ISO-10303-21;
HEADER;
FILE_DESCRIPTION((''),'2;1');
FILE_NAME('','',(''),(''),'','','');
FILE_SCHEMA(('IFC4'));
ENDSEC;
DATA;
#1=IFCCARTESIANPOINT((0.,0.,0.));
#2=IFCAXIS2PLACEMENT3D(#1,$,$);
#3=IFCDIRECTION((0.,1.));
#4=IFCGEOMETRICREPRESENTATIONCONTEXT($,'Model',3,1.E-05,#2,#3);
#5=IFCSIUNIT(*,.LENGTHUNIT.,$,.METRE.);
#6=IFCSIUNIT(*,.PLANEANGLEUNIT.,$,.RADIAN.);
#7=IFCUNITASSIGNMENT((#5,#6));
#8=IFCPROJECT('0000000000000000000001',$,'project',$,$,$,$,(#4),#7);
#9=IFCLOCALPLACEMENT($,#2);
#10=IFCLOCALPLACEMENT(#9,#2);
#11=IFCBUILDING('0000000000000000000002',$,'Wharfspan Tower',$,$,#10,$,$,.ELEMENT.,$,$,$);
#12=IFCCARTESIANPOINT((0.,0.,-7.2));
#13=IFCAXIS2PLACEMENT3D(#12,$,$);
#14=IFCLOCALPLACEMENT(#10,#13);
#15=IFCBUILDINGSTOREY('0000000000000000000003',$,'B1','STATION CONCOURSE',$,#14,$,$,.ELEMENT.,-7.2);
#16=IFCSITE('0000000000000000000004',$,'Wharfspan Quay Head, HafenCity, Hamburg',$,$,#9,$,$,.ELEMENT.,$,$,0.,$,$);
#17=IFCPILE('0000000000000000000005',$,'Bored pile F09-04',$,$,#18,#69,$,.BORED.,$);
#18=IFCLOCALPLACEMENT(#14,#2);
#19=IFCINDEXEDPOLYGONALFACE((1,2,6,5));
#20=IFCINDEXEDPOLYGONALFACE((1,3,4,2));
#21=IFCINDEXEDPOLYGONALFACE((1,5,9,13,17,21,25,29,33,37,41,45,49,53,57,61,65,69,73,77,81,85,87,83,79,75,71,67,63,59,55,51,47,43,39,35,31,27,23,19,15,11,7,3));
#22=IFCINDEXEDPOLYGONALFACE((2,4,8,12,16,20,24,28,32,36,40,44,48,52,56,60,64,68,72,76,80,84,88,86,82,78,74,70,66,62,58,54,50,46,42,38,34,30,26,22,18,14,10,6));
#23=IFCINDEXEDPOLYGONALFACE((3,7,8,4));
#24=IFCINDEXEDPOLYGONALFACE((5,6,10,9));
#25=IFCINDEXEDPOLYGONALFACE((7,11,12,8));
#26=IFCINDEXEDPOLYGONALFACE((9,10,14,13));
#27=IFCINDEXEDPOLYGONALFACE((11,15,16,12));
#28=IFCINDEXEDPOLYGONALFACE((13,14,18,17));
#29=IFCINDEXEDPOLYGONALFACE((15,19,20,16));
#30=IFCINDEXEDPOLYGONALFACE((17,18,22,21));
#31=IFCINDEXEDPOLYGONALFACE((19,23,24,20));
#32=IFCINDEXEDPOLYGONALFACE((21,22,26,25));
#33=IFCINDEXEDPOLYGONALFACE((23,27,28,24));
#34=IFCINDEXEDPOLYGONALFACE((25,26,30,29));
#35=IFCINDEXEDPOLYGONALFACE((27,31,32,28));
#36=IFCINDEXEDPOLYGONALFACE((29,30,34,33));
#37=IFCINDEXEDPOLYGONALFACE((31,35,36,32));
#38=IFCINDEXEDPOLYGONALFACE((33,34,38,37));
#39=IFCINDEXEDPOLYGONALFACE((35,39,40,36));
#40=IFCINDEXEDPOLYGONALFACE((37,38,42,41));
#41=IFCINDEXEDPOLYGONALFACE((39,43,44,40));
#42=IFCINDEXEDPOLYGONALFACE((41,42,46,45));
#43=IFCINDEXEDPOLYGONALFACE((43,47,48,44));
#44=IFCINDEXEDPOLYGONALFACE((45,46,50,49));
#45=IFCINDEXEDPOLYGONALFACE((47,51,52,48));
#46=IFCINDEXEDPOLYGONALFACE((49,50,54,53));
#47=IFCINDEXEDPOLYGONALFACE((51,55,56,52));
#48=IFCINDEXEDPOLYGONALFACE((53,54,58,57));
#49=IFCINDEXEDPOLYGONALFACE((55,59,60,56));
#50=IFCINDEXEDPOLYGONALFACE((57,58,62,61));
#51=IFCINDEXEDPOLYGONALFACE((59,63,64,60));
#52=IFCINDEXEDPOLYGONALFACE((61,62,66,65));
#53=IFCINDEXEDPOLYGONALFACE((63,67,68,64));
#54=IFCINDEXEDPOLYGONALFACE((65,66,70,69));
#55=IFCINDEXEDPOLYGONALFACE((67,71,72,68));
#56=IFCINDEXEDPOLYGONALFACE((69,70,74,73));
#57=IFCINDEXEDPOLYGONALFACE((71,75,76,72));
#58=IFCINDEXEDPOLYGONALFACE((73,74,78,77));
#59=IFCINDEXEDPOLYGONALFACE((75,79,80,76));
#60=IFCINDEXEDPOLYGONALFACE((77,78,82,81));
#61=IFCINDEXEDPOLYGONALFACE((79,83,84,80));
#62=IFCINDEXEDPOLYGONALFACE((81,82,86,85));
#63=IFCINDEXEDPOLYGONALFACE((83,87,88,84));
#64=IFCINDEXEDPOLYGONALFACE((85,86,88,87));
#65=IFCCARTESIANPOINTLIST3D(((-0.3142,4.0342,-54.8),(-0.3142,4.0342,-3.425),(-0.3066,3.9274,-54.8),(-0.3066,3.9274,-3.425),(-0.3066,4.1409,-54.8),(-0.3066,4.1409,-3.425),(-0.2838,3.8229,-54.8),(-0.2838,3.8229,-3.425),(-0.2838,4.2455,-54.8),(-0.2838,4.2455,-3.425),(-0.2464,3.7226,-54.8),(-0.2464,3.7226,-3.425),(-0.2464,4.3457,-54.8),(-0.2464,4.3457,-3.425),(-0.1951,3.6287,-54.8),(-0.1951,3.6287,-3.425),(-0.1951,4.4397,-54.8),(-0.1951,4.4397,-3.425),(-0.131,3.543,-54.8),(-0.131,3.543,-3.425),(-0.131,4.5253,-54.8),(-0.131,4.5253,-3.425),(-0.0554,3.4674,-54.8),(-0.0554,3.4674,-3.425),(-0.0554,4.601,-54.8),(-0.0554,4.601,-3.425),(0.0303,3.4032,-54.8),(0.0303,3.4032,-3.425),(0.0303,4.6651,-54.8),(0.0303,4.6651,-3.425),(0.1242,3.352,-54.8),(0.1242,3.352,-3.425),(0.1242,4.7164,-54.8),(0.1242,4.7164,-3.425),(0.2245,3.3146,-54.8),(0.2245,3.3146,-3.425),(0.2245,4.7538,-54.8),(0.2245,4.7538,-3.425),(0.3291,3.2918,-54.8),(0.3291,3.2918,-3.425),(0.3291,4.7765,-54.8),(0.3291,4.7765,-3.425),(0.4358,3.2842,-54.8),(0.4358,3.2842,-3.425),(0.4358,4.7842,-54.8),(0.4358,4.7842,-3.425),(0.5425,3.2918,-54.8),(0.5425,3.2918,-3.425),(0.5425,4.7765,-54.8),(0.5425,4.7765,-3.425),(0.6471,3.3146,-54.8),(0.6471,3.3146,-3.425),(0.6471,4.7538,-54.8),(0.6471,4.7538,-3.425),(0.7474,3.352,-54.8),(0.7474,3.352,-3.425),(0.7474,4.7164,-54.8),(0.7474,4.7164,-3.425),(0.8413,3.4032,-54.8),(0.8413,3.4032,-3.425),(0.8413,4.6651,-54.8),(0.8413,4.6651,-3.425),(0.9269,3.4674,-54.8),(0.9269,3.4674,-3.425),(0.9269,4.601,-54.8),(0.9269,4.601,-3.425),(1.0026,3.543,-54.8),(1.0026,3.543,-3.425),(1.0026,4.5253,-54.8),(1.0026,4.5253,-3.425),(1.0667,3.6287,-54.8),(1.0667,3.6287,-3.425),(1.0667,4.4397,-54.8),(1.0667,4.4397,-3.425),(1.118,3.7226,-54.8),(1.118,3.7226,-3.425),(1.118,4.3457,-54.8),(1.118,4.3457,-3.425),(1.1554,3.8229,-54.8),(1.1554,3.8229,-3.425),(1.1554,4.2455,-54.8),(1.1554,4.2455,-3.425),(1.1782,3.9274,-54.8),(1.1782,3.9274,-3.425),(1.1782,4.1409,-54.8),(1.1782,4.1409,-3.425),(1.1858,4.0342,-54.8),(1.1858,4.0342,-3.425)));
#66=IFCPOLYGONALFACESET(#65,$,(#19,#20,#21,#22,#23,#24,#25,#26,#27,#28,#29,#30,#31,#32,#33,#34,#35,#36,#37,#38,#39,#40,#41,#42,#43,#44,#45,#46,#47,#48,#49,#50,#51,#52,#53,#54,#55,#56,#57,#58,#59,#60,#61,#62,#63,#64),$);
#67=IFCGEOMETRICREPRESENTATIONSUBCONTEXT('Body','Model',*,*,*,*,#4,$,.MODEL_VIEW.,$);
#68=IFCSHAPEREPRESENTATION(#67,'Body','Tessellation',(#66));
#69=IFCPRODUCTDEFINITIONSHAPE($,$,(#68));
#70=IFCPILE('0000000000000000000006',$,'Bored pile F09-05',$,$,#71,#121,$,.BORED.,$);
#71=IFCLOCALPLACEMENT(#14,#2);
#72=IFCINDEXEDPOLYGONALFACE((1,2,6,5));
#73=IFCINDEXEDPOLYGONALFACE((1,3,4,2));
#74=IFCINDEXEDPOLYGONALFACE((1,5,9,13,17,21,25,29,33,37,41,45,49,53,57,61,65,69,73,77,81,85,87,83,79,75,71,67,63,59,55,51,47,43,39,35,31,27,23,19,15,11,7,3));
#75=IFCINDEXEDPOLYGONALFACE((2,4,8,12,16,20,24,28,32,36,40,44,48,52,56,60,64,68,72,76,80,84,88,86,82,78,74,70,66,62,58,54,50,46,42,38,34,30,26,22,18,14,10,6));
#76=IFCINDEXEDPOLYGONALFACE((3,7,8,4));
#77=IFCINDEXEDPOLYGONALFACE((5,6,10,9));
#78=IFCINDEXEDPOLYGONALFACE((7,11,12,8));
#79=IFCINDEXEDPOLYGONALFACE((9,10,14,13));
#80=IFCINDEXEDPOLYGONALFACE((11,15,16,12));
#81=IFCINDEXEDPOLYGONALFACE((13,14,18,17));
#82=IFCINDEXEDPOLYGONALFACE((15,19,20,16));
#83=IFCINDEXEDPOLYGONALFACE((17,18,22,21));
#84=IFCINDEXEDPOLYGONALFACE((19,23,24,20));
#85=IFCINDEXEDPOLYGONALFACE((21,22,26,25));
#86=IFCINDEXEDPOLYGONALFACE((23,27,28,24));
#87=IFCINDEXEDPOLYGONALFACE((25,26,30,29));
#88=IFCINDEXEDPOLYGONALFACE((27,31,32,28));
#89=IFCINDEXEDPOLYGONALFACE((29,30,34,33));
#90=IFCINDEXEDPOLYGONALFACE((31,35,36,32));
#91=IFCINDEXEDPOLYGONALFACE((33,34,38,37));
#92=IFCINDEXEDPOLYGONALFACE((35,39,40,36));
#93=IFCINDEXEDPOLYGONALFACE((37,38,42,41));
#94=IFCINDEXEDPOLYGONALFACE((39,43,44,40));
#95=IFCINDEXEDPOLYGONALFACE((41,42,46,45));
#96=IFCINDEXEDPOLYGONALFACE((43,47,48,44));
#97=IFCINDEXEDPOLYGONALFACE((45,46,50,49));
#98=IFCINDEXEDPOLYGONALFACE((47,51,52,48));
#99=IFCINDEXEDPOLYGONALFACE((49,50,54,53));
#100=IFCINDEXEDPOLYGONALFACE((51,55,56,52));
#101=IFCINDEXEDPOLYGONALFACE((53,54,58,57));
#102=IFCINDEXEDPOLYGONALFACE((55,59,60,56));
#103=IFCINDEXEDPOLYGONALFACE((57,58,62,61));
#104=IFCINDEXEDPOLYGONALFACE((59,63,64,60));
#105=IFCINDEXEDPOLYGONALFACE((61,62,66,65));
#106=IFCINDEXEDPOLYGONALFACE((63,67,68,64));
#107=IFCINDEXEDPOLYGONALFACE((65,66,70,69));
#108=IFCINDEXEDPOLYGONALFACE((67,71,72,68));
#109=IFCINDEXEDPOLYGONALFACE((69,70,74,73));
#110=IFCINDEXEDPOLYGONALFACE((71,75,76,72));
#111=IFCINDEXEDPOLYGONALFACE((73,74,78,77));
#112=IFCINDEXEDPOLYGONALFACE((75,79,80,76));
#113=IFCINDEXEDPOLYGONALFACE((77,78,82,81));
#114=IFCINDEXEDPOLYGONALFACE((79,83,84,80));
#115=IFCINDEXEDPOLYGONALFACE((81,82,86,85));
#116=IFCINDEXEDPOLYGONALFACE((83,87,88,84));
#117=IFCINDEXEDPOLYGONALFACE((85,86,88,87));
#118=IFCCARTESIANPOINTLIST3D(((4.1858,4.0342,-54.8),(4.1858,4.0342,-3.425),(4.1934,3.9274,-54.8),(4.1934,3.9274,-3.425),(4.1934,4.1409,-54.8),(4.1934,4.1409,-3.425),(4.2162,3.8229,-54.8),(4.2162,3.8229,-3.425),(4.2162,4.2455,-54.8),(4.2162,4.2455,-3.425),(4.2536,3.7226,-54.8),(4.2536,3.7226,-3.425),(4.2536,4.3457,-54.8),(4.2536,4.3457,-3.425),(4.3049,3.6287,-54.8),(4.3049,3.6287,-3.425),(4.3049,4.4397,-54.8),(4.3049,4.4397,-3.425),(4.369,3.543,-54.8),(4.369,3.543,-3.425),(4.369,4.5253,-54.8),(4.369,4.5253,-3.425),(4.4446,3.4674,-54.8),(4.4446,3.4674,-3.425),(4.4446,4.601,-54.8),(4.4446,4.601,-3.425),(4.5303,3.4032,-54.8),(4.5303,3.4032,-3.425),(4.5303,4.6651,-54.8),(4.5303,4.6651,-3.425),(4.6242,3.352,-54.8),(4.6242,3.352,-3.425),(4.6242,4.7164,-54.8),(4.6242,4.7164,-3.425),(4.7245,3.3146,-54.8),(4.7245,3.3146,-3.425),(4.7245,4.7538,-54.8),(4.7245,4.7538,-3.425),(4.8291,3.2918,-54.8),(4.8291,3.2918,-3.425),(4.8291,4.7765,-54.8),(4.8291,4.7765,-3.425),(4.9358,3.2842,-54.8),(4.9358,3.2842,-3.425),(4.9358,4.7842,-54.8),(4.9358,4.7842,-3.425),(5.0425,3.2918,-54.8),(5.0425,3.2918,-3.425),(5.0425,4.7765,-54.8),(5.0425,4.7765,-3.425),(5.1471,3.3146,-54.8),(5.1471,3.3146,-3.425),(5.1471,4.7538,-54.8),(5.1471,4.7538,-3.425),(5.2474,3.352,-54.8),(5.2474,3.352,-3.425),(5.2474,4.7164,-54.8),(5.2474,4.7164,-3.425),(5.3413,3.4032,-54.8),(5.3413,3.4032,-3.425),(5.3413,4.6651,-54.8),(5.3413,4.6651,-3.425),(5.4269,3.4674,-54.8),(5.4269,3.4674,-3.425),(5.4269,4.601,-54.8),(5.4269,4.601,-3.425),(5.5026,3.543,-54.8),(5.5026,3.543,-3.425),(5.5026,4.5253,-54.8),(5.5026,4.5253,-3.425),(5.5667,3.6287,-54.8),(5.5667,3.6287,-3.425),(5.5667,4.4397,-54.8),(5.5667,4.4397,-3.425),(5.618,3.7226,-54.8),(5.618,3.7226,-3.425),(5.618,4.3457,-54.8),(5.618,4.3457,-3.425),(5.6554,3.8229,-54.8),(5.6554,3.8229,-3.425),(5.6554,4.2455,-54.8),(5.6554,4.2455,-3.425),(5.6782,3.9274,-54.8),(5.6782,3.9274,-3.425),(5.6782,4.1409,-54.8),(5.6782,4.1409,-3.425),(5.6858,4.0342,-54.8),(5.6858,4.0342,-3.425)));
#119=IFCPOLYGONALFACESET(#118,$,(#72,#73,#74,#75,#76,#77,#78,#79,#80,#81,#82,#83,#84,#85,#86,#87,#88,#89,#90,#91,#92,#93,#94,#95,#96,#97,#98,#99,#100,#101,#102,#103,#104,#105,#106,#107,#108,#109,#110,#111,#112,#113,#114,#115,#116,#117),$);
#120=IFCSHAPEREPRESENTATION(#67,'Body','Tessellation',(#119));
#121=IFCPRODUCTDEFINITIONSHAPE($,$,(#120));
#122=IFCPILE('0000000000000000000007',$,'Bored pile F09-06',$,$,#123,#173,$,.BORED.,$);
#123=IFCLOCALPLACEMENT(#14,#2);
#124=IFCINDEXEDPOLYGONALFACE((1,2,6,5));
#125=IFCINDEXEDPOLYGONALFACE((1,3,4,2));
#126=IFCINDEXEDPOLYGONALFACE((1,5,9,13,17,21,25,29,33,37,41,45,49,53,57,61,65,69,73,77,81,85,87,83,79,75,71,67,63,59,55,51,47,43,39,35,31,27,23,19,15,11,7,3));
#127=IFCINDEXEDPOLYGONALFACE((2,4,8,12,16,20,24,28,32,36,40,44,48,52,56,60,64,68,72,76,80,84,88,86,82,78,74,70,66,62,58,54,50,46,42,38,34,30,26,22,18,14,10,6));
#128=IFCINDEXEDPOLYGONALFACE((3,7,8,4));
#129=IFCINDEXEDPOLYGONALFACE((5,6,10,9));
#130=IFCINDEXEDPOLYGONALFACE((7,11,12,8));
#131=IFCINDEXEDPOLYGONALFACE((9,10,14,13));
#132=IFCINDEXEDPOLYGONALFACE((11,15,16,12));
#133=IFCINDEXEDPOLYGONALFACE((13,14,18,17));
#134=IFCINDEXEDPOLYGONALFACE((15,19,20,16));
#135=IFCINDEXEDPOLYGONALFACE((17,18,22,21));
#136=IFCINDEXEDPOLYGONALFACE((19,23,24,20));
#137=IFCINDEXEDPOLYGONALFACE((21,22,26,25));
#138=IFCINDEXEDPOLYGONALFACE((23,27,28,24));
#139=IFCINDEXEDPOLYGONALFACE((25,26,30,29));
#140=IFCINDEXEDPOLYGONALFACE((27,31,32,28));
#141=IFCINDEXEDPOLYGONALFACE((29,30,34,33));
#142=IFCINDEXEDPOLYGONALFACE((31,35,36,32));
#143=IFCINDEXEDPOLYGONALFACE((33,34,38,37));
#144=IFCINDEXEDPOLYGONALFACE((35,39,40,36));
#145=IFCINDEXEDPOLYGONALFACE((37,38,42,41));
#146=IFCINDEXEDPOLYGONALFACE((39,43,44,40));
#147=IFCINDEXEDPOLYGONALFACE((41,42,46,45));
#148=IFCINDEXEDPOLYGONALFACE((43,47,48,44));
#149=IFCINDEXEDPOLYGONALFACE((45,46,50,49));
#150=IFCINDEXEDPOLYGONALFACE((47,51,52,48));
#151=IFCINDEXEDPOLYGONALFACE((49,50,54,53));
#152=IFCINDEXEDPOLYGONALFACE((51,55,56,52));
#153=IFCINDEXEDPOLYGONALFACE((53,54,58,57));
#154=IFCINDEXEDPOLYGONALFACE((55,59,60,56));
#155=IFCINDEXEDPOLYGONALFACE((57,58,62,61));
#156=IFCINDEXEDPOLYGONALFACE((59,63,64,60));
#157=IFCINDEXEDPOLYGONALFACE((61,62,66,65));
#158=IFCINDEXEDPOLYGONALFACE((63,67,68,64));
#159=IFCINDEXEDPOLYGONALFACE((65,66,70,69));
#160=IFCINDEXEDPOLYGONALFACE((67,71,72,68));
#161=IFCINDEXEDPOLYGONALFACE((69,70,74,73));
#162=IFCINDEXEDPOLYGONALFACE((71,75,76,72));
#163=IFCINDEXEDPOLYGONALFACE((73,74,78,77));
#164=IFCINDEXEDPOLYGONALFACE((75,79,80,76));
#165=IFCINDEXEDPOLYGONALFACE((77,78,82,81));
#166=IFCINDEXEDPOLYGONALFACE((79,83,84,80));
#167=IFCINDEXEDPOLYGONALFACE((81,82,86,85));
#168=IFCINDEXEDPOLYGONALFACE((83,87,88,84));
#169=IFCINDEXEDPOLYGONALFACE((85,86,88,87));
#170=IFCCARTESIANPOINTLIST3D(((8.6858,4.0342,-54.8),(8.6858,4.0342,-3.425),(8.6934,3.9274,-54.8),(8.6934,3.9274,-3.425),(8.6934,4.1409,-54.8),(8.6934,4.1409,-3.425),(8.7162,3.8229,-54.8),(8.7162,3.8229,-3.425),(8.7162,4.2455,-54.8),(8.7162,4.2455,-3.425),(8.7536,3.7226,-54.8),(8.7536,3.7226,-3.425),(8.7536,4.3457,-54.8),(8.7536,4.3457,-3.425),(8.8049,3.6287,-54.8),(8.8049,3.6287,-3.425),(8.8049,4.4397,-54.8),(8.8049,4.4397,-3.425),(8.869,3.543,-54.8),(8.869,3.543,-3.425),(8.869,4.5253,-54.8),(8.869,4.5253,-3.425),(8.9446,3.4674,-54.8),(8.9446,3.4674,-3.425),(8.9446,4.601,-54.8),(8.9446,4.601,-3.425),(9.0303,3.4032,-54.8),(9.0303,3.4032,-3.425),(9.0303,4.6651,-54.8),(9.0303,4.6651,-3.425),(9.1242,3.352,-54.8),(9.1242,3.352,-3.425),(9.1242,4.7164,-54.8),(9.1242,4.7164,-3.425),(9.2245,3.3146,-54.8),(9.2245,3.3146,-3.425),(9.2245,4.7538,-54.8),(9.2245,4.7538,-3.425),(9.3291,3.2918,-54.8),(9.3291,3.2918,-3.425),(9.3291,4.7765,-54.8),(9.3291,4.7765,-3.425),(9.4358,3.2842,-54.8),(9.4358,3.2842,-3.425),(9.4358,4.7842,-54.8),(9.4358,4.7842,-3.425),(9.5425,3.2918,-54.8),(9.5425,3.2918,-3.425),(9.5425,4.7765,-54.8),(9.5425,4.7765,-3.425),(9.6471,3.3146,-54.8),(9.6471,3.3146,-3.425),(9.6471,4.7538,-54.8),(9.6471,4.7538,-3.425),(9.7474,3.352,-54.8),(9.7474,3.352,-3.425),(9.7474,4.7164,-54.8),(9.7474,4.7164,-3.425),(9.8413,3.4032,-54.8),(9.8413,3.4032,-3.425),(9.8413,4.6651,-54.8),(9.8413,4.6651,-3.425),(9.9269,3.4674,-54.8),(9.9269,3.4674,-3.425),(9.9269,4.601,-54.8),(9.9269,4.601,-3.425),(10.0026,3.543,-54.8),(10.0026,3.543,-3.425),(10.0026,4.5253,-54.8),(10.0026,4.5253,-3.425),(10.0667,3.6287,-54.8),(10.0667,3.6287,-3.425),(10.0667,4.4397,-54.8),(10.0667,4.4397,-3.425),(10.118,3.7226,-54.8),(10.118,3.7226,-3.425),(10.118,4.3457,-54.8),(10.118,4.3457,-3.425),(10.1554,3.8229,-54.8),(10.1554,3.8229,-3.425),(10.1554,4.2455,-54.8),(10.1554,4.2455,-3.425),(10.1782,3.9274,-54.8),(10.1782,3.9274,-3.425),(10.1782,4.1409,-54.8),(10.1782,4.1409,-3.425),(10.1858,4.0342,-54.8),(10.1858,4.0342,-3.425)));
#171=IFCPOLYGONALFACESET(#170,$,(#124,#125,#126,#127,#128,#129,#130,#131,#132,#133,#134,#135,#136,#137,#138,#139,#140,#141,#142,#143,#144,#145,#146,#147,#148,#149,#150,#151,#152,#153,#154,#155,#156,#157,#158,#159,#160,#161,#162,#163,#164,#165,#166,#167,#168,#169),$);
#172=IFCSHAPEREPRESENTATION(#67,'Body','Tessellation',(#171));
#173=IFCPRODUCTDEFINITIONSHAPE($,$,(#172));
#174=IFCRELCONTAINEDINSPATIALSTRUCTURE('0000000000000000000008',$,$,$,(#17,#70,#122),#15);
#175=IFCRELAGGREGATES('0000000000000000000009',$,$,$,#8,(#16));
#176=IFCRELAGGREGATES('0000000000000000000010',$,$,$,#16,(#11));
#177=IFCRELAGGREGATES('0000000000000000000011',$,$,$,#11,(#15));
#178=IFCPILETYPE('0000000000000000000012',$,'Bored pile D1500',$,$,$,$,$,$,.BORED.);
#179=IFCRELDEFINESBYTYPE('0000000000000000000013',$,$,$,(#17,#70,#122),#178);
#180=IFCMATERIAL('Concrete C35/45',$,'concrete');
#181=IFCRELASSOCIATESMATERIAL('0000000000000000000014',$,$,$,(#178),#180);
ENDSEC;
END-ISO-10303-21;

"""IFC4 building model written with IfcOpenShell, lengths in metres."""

from ifc_helpers import new_model, si_unit, direction, frame, origin, origin_2d, place, context, subcontext, project, spatial, circle, extrude, material, material_profile, profile_set, type_object, element, save


model = new_model("IFC4")

# Units and contexts
model_context = context("Model", 3, precision=1e-05, world=origin(), true_north=direction((0.0, 1.0)))
body_context = subcontext(model_context, "Body", "Model", "MODEL_VIEW")
ifc_project = project(units=[si_unit("LENGTHUNIT", "METRE"), si_unit("PLANEANGLEUNIT", "RADIAN")], contexts=[model_context])

# Site, building, storey
site_placement = place(None, origin())
site = spatial("IfcSite", under=ifc_project, at=site_placement, Name="Wharfspan Quay Head, HafenCity, Hamburg", CompositionType="ELEMENT", RefElevation=0.0)
building_placement = place(site_placement, origin())
building = spatial("IfcBuilding", under=site, at=building_placement, Name="Wharfspan Tower", CompositionType="ELEMENT")
storey_placement = place(building_placement, frame((0.0, 0.0, -7.2)))
storey = spatial("IfcBuildingStorey", under=building, at=storey_placement, Name="B1", Description="STATION CONCOURSE", CompositionType="ELEMENT", Elevation=-7.2)

# Piles
ifc_material_1 = material(Name="Concrete C35/45", Category="concrete")
ifc_material_profile_1 = material_profile(ifc_material_1, circle(Radius=0.75, at=origin_2d()))
ifc_profile_set_1 = profile_set([ifc_material_profile_1], Name="Concrete C35/45")
pile_type = type_object("IfcPileType", Name="Bored pile D1500", PredefinedType="BORED", material=ifc_profile_set_1)
for number, where, z_axis, x_axis, name in (
    (1, (0.4358, 4.0342, -3.425), (0.0, 0.0, -1.0), (1.0, 0.0, 0.0), "Bored pile F09-04"),
    (2, (4.9358, 4.0342, -3.425), (0.0, 0.0, -1.0), (1.0, 0.0, 0.0), "Bored pile F09-05"),
    (3, (9.4358, 4.0342, -3.425), (0.0, 0.0, -1.0), (1.0, 0.0, 0.0), "Bored pile F09-06"),
):
    element("IfcPile", number, at=place(storey_placement, frame(where, z_axis=z_axis, x_axis=x_axis)), inside=storey, type_object=pile_type, Name=name, PredefinedType="BORED", context=body_context, shape_type="SweptSolid", body=[
        extrude(circle(Radius=0.75, at=origin_2d()), origin(), (0.0, 0.0, 1.0), 51.375),
    ])

save(model, "model.ifc")
